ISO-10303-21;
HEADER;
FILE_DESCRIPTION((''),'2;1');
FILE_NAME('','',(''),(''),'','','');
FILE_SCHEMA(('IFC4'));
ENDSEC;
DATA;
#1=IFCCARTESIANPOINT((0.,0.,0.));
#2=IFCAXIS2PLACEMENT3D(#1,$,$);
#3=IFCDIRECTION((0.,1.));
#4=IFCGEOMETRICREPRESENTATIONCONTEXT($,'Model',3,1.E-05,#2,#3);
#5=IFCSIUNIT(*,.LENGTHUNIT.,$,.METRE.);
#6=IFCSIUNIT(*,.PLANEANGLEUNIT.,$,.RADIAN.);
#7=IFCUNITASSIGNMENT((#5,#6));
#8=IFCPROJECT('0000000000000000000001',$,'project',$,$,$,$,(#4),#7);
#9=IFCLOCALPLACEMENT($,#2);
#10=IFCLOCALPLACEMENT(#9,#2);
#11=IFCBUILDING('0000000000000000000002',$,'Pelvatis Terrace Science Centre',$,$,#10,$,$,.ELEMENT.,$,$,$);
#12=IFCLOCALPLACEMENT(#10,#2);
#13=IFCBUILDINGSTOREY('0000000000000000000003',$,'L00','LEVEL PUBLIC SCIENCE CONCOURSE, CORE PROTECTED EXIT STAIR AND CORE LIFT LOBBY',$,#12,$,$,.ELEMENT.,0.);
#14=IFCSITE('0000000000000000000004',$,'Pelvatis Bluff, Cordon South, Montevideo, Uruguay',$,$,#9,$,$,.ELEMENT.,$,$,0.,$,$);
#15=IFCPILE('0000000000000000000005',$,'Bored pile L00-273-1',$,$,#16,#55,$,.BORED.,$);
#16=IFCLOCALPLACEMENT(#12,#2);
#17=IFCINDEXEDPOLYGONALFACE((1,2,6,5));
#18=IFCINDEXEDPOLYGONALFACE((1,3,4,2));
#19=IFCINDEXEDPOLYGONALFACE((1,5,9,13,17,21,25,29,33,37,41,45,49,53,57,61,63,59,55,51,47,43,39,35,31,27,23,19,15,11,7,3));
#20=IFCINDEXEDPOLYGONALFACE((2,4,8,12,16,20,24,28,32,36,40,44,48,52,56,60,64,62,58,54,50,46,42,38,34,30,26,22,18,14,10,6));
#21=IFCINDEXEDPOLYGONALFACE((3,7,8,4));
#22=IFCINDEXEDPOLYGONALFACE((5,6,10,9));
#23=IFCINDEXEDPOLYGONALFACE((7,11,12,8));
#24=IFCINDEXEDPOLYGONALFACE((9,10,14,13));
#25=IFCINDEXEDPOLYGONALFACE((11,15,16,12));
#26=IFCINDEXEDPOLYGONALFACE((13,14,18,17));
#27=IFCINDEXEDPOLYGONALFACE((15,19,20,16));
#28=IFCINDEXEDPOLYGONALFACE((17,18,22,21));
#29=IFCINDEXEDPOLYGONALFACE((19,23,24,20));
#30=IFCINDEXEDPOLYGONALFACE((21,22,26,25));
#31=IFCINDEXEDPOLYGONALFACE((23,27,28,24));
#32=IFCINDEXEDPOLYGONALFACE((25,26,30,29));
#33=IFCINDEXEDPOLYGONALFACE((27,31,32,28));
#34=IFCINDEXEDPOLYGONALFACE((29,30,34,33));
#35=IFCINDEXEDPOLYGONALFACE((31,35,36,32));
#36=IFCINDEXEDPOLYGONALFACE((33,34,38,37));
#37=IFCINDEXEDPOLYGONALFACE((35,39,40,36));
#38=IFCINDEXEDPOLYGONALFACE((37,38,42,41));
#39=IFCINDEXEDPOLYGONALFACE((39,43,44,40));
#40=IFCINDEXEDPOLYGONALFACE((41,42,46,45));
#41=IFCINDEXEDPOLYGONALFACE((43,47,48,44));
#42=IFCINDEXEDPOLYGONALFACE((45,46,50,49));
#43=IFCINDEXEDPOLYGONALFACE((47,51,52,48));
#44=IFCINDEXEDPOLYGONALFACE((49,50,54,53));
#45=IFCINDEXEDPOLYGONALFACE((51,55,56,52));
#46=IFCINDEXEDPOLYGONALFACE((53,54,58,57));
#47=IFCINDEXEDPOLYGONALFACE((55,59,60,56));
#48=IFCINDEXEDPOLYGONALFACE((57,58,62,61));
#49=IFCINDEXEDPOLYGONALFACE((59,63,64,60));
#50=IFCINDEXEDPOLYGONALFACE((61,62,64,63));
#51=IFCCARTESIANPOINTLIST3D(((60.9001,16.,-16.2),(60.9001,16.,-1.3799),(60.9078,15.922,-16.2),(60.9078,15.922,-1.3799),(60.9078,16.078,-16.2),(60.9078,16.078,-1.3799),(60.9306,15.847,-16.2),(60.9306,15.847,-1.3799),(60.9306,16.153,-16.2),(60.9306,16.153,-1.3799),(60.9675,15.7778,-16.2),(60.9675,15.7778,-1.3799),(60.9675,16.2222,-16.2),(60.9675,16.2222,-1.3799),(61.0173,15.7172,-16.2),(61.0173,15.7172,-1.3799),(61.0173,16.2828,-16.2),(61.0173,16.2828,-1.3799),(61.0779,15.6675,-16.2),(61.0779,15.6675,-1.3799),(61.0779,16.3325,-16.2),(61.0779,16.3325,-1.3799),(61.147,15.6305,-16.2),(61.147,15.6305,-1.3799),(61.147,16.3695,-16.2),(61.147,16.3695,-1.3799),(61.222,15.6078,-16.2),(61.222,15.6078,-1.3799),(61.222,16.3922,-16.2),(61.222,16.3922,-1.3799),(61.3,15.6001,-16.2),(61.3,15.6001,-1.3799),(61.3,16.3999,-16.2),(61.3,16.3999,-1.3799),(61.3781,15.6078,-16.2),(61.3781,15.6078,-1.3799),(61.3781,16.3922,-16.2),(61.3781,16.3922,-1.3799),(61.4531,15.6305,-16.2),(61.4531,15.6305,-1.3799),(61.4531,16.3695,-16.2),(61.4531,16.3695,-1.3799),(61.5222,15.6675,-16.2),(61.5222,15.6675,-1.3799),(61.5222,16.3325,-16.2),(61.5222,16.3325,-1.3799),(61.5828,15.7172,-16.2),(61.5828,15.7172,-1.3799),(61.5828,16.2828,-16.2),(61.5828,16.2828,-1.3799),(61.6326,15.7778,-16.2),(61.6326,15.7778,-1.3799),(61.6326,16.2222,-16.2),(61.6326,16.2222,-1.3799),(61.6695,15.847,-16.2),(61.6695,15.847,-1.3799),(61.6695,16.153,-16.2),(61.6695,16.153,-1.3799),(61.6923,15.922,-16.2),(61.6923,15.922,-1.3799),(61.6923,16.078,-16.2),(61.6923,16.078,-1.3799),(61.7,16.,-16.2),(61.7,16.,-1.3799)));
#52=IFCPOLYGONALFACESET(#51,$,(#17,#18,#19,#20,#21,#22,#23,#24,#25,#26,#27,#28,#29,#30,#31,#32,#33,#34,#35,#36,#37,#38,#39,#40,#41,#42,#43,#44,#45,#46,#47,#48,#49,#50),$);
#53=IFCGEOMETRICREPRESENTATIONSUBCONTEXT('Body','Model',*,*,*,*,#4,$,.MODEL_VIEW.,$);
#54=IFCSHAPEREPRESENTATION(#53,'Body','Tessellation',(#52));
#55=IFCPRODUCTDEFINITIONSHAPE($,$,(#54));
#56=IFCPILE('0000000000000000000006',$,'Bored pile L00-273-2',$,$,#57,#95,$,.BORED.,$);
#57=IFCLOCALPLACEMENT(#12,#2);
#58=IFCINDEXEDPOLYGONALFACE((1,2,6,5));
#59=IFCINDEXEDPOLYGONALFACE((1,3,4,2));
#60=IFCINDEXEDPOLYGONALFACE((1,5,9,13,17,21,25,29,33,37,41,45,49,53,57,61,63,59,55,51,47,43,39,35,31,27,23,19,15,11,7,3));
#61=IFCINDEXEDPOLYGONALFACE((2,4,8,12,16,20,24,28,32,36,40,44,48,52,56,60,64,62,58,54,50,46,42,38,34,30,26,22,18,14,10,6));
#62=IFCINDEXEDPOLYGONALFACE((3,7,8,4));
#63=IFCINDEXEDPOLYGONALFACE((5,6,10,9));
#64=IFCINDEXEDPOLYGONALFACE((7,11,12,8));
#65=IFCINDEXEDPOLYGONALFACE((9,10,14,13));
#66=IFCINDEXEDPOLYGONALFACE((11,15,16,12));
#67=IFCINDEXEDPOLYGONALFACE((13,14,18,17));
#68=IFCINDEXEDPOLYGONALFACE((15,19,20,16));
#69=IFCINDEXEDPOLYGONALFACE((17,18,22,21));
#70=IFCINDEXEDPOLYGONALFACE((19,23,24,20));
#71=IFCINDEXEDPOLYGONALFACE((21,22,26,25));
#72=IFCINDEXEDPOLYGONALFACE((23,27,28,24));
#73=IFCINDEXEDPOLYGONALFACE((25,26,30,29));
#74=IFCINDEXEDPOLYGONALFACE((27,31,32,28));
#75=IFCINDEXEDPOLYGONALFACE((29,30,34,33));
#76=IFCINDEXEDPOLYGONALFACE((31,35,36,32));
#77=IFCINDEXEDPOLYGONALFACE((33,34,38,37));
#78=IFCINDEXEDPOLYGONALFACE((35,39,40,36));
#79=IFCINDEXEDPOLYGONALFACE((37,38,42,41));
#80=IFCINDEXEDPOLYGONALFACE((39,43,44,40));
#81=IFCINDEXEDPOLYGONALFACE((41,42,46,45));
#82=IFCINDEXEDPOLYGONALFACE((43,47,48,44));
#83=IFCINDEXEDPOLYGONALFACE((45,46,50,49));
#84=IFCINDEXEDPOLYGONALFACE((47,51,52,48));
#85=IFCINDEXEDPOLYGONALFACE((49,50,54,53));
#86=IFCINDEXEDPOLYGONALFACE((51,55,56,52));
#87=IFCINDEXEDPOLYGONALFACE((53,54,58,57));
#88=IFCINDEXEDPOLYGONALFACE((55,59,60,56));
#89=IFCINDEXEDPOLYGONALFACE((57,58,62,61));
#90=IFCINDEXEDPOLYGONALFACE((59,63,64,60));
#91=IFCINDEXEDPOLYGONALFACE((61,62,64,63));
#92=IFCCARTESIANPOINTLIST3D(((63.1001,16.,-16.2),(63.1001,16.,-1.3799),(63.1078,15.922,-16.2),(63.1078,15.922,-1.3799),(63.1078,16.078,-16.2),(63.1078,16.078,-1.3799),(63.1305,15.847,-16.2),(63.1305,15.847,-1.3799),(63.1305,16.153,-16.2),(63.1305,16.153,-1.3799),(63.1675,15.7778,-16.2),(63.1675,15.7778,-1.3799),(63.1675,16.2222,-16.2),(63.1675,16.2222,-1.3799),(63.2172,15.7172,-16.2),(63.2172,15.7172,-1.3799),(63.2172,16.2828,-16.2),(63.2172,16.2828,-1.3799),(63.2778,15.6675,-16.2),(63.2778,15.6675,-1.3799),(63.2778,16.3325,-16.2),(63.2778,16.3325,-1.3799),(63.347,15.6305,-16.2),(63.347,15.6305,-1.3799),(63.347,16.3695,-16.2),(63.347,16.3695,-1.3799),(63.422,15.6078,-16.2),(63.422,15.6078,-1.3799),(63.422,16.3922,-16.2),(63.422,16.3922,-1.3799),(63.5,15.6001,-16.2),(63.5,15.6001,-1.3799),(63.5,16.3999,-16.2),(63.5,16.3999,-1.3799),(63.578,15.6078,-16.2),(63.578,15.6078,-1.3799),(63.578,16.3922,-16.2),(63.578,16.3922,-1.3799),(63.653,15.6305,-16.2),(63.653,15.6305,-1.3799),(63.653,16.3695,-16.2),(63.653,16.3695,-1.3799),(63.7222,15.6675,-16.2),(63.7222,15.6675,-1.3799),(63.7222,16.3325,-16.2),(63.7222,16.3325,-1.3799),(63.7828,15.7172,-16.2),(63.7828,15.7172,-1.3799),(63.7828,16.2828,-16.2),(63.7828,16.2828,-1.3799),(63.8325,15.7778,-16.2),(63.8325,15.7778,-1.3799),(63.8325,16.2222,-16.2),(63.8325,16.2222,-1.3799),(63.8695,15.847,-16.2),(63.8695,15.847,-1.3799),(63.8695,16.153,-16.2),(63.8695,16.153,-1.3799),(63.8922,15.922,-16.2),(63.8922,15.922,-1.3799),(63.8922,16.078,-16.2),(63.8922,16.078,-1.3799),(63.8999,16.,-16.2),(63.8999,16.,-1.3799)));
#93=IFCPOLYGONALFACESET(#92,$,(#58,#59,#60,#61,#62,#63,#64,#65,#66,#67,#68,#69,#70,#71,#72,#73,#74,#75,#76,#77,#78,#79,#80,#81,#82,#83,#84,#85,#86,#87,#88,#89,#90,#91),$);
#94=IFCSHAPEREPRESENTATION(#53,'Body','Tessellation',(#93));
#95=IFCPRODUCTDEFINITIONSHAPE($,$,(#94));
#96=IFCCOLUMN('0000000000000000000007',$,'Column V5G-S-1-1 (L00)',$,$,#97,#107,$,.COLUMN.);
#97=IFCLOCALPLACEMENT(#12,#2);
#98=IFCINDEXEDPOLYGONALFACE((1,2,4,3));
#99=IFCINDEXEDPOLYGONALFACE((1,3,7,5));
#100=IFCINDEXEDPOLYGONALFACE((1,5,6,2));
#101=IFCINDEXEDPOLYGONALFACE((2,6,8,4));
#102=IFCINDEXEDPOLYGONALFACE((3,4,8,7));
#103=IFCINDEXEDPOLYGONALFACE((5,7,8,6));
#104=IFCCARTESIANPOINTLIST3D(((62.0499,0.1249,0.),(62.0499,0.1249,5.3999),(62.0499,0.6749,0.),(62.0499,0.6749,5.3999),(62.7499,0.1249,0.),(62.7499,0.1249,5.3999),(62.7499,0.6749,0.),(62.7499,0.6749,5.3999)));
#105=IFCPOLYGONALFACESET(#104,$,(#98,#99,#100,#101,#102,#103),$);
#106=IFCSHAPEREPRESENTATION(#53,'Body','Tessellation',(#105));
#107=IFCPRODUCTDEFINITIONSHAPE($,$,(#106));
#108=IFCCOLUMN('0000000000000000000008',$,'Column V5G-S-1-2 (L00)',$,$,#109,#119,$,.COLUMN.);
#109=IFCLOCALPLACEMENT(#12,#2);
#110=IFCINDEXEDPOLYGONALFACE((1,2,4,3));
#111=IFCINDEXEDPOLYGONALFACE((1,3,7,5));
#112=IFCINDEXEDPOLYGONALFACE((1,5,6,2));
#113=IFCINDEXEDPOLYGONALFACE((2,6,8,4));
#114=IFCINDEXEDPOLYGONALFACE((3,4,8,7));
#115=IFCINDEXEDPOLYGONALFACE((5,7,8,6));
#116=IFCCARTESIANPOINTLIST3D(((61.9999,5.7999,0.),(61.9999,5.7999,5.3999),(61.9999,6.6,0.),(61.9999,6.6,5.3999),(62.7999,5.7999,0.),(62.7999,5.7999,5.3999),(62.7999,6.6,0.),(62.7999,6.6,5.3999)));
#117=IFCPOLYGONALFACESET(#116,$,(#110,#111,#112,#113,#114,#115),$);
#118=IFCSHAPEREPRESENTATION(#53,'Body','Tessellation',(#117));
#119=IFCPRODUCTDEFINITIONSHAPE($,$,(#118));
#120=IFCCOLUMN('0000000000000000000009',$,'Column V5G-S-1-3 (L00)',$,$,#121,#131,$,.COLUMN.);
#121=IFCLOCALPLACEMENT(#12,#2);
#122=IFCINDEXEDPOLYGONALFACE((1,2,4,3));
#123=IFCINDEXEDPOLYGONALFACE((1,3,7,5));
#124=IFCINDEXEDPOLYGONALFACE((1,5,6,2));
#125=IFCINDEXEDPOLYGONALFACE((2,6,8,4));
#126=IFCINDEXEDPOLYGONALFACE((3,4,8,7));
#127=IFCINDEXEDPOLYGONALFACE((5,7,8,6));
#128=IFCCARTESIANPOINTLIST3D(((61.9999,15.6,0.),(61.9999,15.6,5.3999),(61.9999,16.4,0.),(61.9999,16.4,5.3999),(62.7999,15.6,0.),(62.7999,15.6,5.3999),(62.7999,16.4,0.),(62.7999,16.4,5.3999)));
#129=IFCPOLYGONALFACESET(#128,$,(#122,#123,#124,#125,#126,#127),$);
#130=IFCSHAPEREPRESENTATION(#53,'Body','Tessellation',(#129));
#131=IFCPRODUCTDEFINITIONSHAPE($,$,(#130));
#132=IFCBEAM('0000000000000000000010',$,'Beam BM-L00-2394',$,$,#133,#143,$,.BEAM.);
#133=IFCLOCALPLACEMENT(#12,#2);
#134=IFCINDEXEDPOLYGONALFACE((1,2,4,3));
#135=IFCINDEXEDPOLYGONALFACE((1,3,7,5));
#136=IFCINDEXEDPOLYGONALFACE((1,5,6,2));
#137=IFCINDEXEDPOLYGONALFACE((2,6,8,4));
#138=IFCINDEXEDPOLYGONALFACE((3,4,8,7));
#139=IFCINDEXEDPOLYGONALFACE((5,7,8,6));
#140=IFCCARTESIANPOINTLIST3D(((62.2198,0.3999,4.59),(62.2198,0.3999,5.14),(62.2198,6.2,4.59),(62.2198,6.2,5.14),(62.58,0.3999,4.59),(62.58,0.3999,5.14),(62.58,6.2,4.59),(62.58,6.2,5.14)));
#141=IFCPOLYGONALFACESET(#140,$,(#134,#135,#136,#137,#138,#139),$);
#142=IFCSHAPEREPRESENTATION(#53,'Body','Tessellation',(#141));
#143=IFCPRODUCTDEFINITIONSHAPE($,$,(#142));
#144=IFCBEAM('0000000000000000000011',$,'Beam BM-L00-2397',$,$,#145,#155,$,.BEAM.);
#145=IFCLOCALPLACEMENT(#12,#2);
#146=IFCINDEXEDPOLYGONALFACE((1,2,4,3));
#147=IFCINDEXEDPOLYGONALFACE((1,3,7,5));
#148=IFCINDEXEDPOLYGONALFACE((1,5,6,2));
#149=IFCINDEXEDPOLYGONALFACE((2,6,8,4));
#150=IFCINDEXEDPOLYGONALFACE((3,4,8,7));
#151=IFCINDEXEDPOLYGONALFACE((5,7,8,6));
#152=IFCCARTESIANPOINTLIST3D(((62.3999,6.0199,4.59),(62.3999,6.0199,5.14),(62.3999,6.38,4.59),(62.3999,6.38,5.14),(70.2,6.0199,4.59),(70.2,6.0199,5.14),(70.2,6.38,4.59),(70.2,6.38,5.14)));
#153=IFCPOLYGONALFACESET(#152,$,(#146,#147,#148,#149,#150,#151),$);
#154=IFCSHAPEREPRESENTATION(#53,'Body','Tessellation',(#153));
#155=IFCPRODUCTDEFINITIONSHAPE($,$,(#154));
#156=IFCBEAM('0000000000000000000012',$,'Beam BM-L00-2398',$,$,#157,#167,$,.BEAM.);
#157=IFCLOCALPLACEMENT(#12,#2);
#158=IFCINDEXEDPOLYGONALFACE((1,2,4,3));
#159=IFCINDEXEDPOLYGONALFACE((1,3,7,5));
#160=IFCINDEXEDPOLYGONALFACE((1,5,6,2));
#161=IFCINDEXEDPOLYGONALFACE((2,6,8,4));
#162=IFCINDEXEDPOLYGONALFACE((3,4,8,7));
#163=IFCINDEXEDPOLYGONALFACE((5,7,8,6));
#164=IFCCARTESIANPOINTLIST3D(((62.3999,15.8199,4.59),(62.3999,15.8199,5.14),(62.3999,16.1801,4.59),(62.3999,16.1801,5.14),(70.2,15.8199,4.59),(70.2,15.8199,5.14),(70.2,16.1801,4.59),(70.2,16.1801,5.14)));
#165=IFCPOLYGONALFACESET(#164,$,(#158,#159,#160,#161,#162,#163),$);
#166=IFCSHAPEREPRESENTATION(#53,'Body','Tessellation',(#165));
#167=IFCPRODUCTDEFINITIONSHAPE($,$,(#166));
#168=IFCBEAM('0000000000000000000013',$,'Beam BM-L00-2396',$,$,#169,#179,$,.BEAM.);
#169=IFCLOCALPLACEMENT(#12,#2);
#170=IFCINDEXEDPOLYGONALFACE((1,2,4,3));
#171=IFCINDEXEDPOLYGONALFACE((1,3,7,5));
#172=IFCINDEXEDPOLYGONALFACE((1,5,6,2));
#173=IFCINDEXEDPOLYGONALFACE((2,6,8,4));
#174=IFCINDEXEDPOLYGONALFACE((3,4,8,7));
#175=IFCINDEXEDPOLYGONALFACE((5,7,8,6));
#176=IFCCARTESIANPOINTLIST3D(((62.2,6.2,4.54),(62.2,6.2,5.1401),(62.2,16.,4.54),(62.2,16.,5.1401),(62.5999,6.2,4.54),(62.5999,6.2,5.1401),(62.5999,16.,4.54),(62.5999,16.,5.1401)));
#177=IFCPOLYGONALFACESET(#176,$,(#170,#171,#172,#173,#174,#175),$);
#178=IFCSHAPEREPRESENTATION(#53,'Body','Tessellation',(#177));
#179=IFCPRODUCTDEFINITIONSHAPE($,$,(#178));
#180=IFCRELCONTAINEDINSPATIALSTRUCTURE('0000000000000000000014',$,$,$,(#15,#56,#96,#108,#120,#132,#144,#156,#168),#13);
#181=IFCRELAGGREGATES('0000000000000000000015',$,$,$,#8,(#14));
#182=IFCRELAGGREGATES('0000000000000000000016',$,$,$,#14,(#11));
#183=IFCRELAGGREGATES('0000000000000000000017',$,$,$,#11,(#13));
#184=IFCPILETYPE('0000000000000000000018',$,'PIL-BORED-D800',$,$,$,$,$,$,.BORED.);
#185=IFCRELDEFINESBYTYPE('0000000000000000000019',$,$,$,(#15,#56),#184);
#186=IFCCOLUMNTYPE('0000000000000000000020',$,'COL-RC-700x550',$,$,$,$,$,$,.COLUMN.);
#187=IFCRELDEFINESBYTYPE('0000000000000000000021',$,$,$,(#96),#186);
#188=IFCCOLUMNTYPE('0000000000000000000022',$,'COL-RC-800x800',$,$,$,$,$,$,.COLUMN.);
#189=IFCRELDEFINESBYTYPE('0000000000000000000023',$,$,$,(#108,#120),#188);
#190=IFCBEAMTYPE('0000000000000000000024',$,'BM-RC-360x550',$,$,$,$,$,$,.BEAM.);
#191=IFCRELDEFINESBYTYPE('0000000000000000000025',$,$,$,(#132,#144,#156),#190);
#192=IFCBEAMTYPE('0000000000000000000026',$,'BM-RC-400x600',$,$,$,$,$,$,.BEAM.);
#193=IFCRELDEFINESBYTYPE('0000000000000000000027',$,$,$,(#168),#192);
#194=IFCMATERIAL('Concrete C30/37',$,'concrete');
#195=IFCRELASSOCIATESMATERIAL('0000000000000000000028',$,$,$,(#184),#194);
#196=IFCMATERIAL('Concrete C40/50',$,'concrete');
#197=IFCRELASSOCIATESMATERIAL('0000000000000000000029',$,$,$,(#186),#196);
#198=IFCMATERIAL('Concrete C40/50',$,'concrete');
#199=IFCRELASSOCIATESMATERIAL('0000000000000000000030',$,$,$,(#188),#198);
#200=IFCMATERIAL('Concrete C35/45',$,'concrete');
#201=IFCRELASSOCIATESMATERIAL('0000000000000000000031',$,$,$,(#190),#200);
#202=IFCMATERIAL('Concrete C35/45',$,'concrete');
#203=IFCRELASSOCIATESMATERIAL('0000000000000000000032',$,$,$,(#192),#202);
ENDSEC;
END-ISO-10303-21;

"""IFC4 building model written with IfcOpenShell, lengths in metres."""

from ifc_helpers import new_model, si_unit, direction, frame, origin, origin_2d, place, context, subcontext, project, spatial, rectangle, circle, extrude, material, material_profile, profile_set, type_object, element, save


model = new_model("IFC4")

# Units and contexts
model_context = context("Model", 3, precision=1e-05, world=origin(), true_north=direction((0.0, 1.0)))
body_context = subcontext(model_context, "Body", "Model", "MODEL_VIEW")
ifc_project = project(units=[si_unit("LENGTHUNIT", "METRE"), si_unit("PLANEANGLEUNIT", "RADIAN")], contexts=[model_context])

# Site, building, storey
site_placement = place(None, origin())
site = spatial("IfcSite", under=ifc_project, at=site_placement, Name="Pelvatis Bluff, Cordon South, Montevideo, Uruguay", CompositionType="ELEMENT", RefElevation=0.0)
building_placement = place(site_placement, origin())
building = spatial("IfcBuilding", under=site, at=building_placement, Name="Pelvatis Terrace Science Centre", CompositionType="ELEMENT")
storey_placement = place(building_placement, origin())
storey = spatial("IfcBuildingStorey", under=building, at=storey_placement, Name="L00", Description="LEVEL PUBLIC SCIENCE CONCOURSE, CORE PROTECTED EXIT STAIR AND CORE LIFT LOBBY", CompositionType="ELEMENT", Elevation=0.0)

# Piles
ifc_material_1 = material(Name="Concrete C30/37", Category="concrete")
ifc_material_profile_1 = material_profile(ifc_material_1, circle(Radius=0.3999, at=origin_2d()), Name="PILE D800")
ifc_profile_set_1 = profile_set([ifc_material_profile_1], Name="Concrete C30/37")
pile_type = type_object("IfcPileType", Name="PIL-BORED-D800", PredefinedType="BORED", material=ifc_profile_set_1)
for number, where, z_axis, x_axis, name in (
    (1, (61.3, 16.0, -1.3799), (0.0, 0.0, -1.0), (1.0, 0.0, 0.0), "Bored pile L00-273-1"),
    (2, (63.5, 16.0, -1.3799), (0.0, 0.0, -1.0), (1.0, 0.0, 0.0), "Bored pile L00-273-2"),
):
    element("IfcPile", number, at=place(storey_placement, frame(where, z_axis=z_axis, x_axis=x_axis)), inside=storey, type_object=pile_type, Name=name, PredefinedType="BORED", context=body_context, shape_type="SweptSolid", body=[
        extrude(circle(Radius=0.3999, at=origin_2d()), origin(), (0.0, 0.0, 1.0), 14.8201),
    ])

# Columns
ifc_material_2 = material(Name="Concrete C40/50", Category="concrete")
ifc_material_profile_2 = material_profile(ifc_material_2, rectangle(XDim=0.7, YDim=0.55, at=origin_2d()), Name="RC-COL 700x550")
ifc_profile_set_2 = profile_set([ifc_material_profile_2], Name="Concrete C40/50")
column_type_1 = type_object("IfcColumnType", Name="COL-RC-700x550", PredefinedType="COLUMN", material=ifc_profile_set_2)
column_placement = place(storey_placement, frame((62.3999, 0.3999, 0.0), z_axis=(0.0, 0.0, 1.0), x_axis=(1.0, 0.0, 0.0)))
element("IfcColumn", 3, at=column_placement, inside=storey, type_object=column_type_1, Name="Column V5G-S-1-1 (L00)", PredefinedType="COLUMN", context=body_context, shape_type="SweptSolid", body=[
    extrude(rectangle(XDim=0.7, YDim=0.55, at=origin_2d()), origin(), (0.0, 0.0, 1.0), 5.3999),
])
ifc_material_3 = material(Name="Concrete C40/50", Category="concrete")
ifc_material_profile_3 = material_profile(ifc_material_3, rectangle(XDim=0.8, YDim=0.8, at=origin_2d()), Name="RC-COL 800x800")
ifc_profile_set_3 = profile_set([ifc_material_profile_3], Name="Concrete C40/50")
column_type_2 = type_object("IfcColumnType", Name="COL-RC-800x800", PredefinedType="COLUMN", material=ifc_profile_set_3)
for number, where, z_axis, x_axis, name in (
    (4, (62.3999, 6.2, 0.0), (0.0, 0.0, 1.0), (1.0, 0.0, 0.0), "Column V5G-S-1-2 (L00)"),
    (5, (62.3999, 16.0, 0.0), (0.0, 0.0, 1.0), (1.0, 0.0, 0.0), "Column V5G-S-1-3 (L00)"),
):
    element("IfcColumn", number, at=place(storey_placement, frame(where, z_axis=z_axis, x_axis=x_axis)), inside=storey, type_object=column_type_2, Name=name, PredefinedType="COLUMN", context=body_context, shape_type="SweptSolid", body=[
        extrude(rectangle(XDim=0.8, YDim=0.8, at=origin_2d()), origin(), (0.0, 0.0, 1.0), 5.3999),
    ])

# Beams
ifc_material_4 = material(Name="Concrete C35/45", Category="concrete")
ifc_material_profile_4 = material_profile(ifc_material_4, rectangle(XDim=0.3601, YDim=0.55, at=origin_2d()), Name="RC-BM 360x550")
ifc_profile_set_4 = profile_set([ifc_material_profile_4], Name="Concrete C35/45")
beam_type_1 = type_object("IfcBeamType", Name="BM-RC-360x550", PredefinedType="BEAM", material=ifc_profile_set_4)
beam_1_placement = place(storey_placement, frame((62.3999, 0.3999, 4.865), z_axis=(0.0, 1.0, 0.0), x_axis=(-1.0, 0.0, 0.0)))
element("IfcBeam", 6, at=beam_1_placement, inside=storey, type_object=beam_type_1, Name="Beam BM-L00-2394", PredefinedType="BEAM", context=body_context, shape_type="SweptSolid", body=[
    extrude(rectangle(XDim=0.3601, YDim=0.55, at=origin_2d()), origin(), (0.0, 0.0, 1.0), 5.8),
])
for number, where, z_axis, x_axis, name in (
    (7, (62.3999, 6.2, 4.865), (1.0, 0.0, 0.0), (0.0, 1.0, 0.0), "Beam BM-L00-2397"),
    (8, (62.3999, 16.0, 4.865), (1.0, 0.0, 0.0), (0.0, 1.0, 0.0), "Beam BM-L00-2398"),
):
    element("IfcBeam", number, at=place(storey_placement, frame(where, z_axis=z_axis, x_axis=x_axis)), inside=storey, type_object=beam_type_1, Name=name, PredefinedType="BEAM", context=body_context, shape_type="SweptSolid", body=[
        extrude(rectangle(XDim=0.3601, YDim=0.55, at=origin_2d()), origin(), (0.0, 0.0, 1.0), 7.8),
    ])
ifc_material_5 = material(Name="Concrete C35/45", Category="concrete")
ifc_material_profile_5 = material_profile(ifc_material_5, rectangle(XDim=0.3999, YDim=0.6001, at=origin_2d()), Name="RC-BM 400x600")
ifc_profile_set_5 = profile_set([ifc_material_profile_5], Name="Concrete C35/45")
beam_type_2 = type_object("IfcBeamType", Name="BM-RC-400x600", PredefinedType="BEAM", material=ifc_profile_set_5)
beam_2_placement = place(storey_placement, frame((62.3999, 6.2, 4.8401), z_axis=(0.0, 1.0, 0.0), x_axis=(-1.0, 0.0, 0.0)))
element("IfcBeam", 9, at=beam_2_placement, inside=storey, type_object=beam_type_2, Name="Beam BM-L00-2396", PredefinedType="BEAM", context=body_context, shape_type="SweptSolid", body=[
    extrude(rectangle(XDim=0.3999, YDim=0.6001, at=origin_2d()), origin(), (0.0, 0.0, 1.0), 9.8),
])

save(model, "model.ifc")
